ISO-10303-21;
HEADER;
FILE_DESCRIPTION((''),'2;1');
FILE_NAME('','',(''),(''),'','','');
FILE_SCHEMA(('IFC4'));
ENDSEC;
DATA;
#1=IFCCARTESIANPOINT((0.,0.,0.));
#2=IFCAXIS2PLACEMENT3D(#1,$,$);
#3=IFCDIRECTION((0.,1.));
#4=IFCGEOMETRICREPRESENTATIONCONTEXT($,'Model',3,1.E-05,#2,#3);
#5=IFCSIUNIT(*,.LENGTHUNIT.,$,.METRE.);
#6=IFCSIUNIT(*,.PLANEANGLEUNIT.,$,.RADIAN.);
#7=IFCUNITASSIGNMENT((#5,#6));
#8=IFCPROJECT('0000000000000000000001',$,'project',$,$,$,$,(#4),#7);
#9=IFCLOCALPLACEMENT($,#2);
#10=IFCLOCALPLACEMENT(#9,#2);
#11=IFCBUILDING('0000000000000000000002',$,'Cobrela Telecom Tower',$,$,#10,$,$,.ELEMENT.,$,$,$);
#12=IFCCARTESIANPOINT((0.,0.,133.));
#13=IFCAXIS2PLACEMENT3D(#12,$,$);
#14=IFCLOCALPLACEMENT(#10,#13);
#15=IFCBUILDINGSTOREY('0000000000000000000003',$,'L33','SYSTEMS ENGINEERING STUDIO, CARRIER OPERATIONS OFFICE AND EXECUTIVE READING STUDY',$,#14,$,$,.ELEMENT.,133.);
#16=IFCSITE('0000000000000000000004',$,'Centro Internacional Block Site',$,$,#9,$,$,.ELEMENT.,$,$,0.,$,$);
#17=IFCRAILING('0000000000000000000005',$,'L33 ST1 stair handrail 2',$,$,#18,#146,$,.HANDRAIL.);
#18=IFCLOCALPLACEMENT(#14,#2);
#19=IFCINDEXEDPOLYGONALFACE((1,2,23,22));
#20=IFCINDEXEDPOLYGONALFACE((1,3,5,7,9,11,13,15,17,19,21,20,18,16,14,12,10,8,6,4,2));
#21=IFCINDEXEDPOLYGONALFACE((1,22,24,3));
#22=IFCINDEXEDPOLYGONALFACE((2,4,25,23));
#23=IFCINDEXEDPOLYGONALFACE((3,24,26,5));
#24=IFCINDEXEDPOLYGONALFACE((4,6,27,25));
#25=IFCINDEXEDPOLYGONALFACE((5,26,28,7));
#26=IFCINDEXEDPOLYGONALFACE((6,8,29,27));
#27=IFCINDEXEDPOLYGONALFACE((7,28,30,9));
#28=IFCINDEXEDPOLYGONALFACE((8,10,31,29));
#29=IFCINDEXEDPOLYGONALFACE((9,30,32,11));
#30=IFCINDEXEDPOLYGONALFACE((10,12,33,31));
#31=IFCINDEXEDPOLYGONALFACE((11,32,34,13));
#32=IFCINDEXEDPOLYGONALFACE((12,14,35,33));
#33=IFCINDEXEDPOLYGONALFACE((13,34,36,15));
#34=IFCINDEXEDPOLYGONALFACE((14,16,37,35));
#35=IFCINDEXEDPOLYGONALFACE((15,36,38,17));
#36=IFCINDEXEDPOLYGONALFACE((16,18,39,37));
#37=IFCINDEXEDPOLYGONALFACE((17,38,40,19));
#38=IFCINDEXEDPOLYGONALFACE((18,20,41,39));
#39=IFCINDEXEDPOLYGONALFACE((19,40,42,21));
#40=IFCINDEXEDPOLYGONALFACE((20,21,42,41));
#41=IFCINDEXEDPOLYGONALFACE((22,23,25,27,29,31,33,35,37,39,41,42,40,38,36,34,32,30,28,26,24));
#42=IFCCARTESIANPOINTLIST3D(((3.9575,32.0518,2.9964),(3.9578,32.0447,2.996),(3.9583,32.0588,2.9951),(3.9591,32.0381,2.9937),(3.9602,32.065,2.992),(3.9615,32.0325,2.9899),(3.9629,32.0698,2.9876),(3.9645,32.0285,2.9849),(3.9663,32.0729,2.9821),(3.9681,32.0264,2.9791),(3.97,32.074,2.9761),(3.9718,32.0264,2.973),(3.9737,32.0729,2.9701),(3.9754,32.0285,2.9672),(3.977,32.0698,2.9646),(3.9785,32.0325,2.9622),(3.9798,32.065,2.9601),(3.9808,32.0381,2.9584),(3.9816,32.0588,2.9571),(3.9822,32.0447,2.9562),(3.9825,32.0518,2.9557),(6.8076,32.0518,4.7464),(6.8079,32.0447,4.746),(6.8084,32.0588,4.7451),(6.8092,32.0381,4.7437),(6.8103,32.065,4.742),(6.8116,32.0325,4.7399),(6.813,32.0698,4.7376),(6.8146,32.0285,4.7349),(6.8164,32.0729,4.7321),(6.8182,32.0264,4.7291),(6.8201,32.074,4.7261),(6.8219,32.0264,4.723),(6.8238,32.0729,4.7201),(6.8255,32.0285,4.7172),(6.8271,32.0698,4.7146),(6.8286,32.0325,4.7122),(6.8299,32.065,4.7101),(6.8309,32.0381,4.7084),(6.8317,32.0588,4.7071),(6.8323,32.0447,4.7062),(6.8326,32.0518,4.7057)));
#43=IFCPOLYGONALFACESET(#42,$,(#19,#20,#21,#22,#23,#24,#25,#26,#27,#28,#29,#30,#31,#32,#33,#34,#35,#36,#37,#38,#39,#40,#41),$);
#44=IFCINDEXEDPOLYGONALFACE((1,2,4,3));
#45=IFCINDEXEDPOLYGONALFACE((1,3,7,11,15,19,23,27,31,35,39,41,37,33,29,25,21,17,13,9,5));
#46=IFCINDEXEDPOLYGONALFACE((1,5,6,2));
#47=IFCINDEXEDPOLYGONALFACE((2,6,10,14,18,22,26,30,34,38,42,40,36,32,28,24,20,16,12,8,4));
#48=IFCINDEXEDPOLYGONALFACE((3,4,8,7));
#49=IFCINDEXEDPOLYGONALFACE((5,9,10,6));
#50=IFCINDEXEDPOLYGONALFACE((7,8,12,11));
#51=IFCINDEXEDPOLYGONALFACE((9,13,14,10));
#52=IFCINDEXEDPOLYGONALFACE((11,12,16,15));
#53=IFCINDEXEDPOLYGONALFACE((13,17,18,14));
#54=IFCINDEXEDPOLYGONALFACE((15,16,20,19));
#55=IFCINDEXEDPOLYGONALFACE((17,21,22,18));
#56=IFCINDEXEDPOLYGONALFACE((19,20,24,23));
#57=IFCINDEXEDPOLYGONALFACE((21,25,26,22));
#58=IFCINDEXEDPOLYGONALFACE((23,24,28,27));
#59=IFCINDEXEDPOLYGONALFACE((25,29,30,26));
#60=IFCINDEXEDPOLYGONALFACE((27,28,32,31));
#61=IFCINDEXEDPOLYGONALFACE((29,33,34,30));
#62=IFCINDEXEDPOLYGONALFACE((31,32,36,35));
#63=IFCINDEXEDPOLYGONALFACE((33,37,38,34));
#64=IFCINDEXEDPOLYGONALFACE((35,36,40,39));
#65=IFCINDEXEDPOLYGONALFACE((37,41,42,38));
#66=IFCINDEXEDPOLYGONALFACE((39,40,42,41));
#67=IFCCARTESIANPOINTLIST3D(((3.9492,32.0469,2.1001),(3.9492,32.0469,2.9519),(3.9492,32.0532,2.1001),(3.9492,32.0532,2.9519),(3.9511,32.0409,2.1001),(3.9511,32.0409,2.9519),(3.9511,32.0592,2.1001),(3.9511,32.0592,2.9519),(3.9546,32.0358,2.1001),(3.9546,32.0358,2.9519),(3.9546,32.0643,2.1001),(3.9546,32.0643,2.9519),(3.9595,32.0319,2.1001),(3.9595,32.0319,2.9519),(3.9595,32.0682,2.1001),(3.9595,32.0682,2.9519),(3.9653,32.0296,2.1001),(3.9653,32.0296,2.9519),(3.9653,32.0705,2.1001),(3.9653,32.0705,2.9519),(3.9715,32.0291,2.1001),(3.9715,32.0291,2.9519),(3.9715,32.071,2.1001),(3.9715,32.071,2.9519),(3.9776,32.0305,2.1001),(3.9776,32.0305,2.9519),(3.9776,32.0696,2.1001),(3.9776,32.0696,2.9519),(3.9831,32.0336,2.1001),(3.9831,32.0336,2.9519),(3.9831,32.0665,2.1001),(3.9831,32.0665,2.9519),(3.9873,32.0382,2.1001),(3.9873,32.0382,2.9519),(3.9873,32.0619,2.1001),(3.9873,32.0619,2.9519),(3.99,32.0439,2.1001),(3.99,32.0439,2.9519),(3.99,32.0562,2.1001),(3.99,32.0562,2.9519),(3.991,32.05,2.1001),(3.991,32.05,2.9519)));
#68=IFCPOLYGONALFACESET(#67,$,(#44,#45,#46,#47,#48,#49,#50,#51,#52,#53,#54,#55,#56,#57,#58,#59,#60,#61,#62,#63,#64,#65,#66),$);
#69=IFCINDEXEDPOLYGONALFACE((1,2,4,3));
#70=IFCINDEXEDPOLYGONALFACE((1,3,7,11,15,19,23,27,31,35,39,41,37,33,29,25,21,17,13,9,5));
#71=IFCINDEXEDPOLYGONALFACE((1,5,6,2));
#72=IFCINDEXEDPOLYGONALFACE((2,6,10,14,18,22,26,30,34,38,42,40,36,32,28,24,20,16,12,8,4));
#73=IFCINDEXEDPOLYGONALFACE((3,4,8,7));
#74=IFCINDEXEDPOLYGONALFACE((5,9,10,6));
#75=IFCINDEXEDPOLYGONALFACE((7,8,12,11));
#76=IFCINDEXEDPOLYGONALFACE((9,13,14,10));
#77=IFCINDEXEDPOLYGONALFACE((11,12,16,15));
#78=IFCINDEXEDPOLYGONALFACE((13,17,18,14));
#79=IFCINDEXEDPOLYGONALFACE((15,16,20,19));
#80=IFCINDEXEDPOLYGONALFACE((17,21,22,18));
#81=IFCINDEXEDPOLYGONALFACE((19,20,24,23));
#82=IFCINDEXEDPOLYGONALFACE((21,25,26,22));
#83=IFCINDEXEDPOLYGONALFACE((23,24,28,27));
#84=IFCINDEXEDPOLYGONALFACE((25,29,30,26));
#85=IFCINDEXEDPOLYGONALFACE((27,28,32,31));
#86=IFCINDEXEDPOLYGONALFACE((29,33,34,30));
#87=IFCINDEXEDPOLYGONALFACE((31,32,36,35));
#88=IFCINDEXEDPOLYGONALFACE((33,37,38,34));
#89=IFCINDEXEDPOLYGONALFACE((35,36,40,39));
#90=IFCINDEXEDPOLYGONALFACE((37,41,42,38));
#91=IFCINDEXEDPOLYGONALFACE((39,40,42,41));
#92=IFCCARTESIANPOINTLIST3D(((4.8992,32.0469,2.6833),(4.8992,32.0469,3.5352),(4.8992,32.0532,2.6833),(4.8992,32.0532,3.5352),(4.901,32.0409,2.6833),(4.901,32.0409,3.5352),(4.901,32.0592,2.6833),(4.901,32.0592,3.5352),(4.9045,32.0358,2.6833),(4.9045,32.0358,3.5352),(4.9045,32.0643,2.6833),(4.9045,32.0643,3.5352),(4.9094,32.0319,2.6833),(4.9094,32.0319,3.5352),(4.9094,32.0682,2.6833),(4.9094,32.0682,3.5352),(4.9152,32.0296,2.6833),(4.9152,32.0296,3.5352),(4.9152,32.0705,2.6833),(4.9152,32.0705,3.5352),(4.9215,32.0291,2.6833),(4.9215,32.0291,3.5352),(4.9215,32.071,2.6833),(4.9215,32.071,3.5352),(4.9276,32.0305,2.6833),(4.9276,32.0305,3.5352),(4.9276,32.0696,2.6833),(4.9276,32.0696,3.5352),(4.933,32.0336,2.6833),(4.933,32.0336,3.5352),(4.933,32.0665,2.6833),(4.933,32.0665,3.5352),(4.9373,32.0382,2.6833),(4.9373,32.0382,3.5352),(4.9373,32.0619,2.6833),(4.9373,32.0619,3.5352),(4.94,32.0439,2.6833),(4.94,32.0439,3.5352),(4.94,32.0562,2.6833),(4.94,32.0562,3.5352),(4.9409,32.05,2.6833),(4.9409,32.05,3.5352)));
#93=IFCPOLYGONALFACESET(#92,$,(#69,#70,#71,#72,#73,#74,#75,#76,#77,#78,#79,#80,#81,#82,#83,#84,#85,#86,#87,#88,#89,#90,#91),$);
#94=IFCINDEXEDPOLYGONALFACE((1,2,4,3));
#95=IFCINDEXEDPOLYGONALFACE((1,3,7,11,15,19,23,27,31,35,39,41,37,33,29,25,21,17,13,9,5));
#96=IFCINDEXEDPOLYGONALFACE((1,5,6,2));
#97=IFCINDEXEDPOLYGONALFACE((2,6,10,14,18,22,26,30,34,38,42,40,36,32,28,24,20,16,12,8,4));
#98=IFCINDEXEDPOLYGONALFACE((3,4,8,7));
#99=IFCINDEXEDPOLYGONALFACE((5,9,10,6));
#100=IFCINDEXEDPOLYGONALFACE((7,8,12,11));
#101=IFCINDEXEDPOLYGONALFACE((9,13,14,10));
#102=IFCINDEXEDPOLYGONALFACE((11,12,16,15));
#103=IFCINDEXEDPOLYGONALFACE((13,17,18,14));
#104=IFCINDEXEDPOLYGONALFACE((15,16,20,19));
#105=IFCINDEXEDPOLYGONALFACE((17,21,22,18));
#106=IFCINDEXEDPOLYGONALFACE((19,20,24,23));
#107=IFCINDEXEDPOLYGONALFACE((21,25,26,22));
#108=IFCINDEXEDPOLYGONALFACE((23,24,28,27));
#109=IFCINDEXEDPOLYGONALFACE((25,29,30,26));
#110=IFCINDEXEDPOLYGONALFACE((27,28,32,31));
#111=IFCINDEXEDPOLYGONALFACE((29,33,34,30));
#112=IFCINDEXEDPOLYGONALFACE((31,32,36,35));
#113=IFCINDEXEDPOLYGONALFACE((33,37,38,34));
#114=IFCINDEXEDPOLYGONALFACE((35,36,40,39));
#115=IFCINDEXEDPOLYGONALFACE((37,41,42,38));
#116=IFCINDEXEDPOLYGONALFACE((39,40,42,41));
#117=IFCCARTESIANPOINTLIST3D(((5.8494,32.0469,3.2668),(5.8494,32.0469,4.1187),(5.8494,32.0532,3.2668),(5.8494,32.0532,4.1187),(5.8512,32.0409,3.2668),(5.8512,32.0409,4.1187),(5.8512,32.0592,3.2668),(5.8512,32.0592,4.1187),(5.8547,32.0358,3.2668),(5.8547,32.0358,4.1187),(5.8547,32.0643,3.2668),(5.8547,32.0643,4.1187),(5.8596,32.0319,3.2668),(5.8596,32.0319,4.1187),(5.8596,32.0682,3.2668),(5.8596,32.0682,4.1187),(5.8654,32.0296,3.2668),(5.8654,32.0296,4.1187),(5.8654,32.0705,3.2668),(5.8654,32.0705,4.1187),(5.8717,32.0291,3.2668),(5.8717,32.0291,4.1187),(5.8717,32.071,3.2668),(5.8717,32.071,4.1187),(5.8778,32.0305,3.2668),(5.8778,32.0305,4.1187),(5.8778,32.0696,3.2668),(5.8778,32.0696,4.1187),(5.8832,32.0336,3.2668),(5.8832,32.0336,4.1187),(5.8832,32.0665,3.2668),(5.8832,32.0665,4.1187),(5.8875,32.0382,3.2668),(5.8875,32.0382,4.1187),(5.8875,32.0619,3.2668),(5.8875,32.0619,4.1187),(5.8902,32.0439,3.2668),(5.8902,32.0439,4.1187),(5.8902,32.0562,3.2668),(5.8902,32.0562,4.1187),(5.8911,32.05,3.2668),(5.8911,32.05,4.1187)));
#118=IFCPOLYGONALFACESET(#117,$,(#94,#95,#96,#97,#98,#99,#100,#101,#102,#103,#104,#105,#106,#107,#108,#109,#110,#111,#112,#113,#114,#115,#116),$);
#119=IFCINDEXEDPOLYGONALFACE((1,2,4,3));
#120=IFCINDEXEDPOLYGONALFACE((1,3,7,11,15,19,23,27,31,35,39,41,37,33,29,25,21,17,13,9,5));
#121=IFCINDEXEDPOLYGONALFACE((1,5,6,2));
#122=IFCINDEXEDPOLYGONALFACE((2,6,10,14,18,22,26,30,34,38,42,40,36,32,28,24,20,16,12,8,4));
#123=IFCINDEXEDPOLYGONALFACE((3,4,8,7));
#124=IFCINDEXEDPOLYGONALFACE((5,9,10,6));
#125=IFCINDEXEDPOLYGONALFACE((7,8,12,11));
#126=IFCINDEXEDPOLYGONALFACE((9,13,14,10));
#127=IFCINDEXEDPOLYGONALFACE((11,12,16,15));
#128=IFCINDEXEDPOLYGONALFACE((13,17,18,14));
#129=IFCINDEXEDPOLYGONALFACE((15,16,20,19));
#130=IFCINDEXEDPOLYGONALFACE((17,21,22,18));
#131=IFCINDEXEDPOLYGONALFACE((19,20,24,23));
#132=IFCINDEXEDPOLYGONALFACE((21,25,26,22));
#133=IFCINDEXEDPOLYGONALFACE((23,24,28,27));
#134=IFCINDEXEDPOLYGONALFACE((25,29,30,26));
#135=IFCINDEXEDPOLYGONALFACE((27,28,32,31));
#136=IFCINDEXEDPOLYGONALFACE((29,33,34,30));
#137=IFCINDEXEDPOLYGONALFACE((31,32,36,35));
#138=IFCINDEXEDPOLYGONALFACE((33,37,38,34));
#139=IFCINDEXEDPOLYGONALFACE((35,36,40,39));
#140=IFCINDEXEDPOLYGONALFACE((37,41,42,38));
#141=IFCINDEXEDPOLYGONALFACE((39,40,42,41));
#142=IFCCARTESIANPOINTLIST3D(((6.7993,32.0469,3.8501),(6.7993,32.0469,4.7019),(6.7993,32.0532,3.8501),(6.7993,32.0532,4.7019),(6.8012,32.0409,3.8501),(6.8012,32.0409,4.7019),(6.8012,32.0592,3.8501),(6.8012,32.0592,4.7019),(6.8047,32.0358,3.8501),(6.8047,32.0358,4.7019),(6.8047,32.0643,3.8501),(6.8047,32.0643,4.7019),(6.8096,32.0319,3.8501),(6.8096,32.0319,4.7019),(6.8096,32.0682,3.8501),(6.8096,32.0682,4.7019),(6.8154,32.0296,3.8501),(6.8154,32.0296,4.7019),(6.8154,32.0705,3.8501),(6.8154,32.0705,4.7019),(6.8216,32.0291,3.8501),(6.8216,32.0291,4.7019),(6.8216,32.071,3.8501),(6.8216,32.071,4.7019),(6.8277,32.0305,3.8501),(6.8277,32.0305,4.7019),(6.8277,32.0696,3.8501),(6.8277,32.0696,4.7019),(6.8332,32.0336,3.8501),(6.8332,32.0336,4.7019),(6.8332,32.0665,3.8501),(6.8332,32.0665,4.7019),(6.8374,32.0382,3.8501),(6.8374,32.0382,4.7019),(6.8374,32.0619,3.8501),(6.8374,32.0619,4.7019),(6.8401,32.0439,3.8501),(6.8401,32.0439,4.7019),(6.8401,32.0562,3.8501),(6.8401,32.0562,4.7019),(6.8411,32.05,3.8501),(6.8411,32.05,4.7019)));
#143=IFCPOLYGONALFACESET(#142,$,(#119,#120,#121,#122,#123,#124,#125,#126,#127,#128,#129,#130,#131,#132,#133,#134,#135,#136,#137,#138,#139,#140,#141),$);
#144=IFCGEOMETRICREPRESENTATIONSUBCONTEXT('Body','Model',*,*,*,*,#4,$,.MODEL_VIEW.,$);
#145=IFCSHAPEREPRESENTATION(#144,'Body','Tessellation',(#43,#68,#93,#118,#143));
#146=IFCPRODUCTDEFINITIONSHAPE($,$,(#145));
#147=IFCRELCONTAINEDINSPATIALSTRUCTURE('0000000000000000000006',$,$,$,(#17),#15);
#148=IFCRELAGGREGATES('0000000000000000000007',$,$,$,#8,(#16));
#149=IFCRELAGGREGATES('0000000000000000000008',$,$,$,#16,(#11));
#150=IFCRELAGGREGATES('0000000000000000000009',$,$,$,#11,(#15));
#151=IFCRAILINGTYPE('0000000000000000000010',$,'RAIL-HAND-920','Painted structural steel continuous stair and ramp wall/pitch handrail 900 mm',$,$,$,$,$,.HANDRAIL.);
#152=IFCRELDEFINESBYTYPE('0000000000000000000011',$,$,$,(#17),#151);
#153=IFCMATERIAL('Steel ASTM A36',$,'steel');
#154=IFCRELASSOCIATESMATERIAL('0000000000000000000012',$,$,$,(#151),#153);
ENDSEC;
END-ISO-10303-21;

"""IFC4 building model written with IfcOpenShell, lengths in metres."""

from ifc_helpers import new_model, si_unit, direction, frame, origin, origin_2d, place, context, subcontext, project, spatial, circle, extrude, material, type_object, element, save


model = new_model("IFC4")

# Units and contexts
model_context = context("Model", 3, precision=1e-05, world=origin(), true_north=direction((0.0, 1.0)))
body_context = subcontext(model_context, "Body", "Model", "MODEL_VIEW")
ifc_project = project(units=[si_unit("LENGTHUNIT", "METRE"), si_unit("PLANEANGLEUNIT", "RADIAN")], contexts=[model_context])

# Site, building, storey
site_placement = place(None, origin())
site = spatial("IfcSite", under=ifc_project, at=site_placement, Name="Centro Internacional Block Site", CompositionType="ELEMENT", RefElevation=0.0)
building_placement = place(site_placement, origin())
building = spatial("IfcBuilding", under=site, at=building_placement, Name="Cobrela Telecom Tower", CompositionType="ELEMENT")
storey_placement = place(building_placement, frame((0.0, 0.0, 133.0)))
storey = spatial("IfcBuildingStorey", under=building, at=storey_placement, Name="L33", Description="SYSTEMS ENGINEERING STUDIO, CARRIER OPERATIONS OFFICE AND EXECUTIVE READING STUDY", CompositionType="ELEMENT", Elevation=133.0)

# Shared definitions
ifc_material_1 = material(Name="Steel ASTM A36", Category="steel")

# Railing
railing_type_1 = type_object("IfcRailingType", Name="RAIL-HAND-920", Description="Painted structural steel continuous stair and ramp wall/pitch handrail 900 mm", PredefinedType="HANDRAIL", material=ifc_material_1)
railing_1_placement = place(storey_placement, frame((3.97, 32.05, 2.1001)))
element("IfcRailing", 1, at=railing_1_placement, inside=storey, type_object=railing_type_1, Name="L33 ST1 stair handrail 2", PredefinedType="HANDRAIL", context=body_context, shape_type="SweptSolid", body=[
    extrude(circle(Radius=0.0239, at=origin_2d()), frame((0.0, 0.0, 0.876), z_axis=(0.852179, 0.0, 0.52325), x_axis=(0.0, 1.0, 0.0)), (0.0, 0.0, 1.0), 3.3445),
    extrude(circle(Radius=0.021, at=origin_2d()), origin(), (0.0, 0.0, 1.0), 0.8518),
    extrude(circle(Radius=0.021, at=origin_2d()), frame((0.95, 0.0, 0.5833)), (0.0, 0.0, 1.0), 0.8518),
    extrude(circle(Radius=0.021, at=origin_2d()), frame((1.9001, 0.0, 1.1667)), (0.0, 0.0, 1.0), 0.8518),
    extrude(circle(Radius=0.021, at=origin_2d()), frame((2.8501, 0.0, 1.75)), (0.0, 0.0, 1.0), 0.8518),
])

save(model, "model.ifc")
